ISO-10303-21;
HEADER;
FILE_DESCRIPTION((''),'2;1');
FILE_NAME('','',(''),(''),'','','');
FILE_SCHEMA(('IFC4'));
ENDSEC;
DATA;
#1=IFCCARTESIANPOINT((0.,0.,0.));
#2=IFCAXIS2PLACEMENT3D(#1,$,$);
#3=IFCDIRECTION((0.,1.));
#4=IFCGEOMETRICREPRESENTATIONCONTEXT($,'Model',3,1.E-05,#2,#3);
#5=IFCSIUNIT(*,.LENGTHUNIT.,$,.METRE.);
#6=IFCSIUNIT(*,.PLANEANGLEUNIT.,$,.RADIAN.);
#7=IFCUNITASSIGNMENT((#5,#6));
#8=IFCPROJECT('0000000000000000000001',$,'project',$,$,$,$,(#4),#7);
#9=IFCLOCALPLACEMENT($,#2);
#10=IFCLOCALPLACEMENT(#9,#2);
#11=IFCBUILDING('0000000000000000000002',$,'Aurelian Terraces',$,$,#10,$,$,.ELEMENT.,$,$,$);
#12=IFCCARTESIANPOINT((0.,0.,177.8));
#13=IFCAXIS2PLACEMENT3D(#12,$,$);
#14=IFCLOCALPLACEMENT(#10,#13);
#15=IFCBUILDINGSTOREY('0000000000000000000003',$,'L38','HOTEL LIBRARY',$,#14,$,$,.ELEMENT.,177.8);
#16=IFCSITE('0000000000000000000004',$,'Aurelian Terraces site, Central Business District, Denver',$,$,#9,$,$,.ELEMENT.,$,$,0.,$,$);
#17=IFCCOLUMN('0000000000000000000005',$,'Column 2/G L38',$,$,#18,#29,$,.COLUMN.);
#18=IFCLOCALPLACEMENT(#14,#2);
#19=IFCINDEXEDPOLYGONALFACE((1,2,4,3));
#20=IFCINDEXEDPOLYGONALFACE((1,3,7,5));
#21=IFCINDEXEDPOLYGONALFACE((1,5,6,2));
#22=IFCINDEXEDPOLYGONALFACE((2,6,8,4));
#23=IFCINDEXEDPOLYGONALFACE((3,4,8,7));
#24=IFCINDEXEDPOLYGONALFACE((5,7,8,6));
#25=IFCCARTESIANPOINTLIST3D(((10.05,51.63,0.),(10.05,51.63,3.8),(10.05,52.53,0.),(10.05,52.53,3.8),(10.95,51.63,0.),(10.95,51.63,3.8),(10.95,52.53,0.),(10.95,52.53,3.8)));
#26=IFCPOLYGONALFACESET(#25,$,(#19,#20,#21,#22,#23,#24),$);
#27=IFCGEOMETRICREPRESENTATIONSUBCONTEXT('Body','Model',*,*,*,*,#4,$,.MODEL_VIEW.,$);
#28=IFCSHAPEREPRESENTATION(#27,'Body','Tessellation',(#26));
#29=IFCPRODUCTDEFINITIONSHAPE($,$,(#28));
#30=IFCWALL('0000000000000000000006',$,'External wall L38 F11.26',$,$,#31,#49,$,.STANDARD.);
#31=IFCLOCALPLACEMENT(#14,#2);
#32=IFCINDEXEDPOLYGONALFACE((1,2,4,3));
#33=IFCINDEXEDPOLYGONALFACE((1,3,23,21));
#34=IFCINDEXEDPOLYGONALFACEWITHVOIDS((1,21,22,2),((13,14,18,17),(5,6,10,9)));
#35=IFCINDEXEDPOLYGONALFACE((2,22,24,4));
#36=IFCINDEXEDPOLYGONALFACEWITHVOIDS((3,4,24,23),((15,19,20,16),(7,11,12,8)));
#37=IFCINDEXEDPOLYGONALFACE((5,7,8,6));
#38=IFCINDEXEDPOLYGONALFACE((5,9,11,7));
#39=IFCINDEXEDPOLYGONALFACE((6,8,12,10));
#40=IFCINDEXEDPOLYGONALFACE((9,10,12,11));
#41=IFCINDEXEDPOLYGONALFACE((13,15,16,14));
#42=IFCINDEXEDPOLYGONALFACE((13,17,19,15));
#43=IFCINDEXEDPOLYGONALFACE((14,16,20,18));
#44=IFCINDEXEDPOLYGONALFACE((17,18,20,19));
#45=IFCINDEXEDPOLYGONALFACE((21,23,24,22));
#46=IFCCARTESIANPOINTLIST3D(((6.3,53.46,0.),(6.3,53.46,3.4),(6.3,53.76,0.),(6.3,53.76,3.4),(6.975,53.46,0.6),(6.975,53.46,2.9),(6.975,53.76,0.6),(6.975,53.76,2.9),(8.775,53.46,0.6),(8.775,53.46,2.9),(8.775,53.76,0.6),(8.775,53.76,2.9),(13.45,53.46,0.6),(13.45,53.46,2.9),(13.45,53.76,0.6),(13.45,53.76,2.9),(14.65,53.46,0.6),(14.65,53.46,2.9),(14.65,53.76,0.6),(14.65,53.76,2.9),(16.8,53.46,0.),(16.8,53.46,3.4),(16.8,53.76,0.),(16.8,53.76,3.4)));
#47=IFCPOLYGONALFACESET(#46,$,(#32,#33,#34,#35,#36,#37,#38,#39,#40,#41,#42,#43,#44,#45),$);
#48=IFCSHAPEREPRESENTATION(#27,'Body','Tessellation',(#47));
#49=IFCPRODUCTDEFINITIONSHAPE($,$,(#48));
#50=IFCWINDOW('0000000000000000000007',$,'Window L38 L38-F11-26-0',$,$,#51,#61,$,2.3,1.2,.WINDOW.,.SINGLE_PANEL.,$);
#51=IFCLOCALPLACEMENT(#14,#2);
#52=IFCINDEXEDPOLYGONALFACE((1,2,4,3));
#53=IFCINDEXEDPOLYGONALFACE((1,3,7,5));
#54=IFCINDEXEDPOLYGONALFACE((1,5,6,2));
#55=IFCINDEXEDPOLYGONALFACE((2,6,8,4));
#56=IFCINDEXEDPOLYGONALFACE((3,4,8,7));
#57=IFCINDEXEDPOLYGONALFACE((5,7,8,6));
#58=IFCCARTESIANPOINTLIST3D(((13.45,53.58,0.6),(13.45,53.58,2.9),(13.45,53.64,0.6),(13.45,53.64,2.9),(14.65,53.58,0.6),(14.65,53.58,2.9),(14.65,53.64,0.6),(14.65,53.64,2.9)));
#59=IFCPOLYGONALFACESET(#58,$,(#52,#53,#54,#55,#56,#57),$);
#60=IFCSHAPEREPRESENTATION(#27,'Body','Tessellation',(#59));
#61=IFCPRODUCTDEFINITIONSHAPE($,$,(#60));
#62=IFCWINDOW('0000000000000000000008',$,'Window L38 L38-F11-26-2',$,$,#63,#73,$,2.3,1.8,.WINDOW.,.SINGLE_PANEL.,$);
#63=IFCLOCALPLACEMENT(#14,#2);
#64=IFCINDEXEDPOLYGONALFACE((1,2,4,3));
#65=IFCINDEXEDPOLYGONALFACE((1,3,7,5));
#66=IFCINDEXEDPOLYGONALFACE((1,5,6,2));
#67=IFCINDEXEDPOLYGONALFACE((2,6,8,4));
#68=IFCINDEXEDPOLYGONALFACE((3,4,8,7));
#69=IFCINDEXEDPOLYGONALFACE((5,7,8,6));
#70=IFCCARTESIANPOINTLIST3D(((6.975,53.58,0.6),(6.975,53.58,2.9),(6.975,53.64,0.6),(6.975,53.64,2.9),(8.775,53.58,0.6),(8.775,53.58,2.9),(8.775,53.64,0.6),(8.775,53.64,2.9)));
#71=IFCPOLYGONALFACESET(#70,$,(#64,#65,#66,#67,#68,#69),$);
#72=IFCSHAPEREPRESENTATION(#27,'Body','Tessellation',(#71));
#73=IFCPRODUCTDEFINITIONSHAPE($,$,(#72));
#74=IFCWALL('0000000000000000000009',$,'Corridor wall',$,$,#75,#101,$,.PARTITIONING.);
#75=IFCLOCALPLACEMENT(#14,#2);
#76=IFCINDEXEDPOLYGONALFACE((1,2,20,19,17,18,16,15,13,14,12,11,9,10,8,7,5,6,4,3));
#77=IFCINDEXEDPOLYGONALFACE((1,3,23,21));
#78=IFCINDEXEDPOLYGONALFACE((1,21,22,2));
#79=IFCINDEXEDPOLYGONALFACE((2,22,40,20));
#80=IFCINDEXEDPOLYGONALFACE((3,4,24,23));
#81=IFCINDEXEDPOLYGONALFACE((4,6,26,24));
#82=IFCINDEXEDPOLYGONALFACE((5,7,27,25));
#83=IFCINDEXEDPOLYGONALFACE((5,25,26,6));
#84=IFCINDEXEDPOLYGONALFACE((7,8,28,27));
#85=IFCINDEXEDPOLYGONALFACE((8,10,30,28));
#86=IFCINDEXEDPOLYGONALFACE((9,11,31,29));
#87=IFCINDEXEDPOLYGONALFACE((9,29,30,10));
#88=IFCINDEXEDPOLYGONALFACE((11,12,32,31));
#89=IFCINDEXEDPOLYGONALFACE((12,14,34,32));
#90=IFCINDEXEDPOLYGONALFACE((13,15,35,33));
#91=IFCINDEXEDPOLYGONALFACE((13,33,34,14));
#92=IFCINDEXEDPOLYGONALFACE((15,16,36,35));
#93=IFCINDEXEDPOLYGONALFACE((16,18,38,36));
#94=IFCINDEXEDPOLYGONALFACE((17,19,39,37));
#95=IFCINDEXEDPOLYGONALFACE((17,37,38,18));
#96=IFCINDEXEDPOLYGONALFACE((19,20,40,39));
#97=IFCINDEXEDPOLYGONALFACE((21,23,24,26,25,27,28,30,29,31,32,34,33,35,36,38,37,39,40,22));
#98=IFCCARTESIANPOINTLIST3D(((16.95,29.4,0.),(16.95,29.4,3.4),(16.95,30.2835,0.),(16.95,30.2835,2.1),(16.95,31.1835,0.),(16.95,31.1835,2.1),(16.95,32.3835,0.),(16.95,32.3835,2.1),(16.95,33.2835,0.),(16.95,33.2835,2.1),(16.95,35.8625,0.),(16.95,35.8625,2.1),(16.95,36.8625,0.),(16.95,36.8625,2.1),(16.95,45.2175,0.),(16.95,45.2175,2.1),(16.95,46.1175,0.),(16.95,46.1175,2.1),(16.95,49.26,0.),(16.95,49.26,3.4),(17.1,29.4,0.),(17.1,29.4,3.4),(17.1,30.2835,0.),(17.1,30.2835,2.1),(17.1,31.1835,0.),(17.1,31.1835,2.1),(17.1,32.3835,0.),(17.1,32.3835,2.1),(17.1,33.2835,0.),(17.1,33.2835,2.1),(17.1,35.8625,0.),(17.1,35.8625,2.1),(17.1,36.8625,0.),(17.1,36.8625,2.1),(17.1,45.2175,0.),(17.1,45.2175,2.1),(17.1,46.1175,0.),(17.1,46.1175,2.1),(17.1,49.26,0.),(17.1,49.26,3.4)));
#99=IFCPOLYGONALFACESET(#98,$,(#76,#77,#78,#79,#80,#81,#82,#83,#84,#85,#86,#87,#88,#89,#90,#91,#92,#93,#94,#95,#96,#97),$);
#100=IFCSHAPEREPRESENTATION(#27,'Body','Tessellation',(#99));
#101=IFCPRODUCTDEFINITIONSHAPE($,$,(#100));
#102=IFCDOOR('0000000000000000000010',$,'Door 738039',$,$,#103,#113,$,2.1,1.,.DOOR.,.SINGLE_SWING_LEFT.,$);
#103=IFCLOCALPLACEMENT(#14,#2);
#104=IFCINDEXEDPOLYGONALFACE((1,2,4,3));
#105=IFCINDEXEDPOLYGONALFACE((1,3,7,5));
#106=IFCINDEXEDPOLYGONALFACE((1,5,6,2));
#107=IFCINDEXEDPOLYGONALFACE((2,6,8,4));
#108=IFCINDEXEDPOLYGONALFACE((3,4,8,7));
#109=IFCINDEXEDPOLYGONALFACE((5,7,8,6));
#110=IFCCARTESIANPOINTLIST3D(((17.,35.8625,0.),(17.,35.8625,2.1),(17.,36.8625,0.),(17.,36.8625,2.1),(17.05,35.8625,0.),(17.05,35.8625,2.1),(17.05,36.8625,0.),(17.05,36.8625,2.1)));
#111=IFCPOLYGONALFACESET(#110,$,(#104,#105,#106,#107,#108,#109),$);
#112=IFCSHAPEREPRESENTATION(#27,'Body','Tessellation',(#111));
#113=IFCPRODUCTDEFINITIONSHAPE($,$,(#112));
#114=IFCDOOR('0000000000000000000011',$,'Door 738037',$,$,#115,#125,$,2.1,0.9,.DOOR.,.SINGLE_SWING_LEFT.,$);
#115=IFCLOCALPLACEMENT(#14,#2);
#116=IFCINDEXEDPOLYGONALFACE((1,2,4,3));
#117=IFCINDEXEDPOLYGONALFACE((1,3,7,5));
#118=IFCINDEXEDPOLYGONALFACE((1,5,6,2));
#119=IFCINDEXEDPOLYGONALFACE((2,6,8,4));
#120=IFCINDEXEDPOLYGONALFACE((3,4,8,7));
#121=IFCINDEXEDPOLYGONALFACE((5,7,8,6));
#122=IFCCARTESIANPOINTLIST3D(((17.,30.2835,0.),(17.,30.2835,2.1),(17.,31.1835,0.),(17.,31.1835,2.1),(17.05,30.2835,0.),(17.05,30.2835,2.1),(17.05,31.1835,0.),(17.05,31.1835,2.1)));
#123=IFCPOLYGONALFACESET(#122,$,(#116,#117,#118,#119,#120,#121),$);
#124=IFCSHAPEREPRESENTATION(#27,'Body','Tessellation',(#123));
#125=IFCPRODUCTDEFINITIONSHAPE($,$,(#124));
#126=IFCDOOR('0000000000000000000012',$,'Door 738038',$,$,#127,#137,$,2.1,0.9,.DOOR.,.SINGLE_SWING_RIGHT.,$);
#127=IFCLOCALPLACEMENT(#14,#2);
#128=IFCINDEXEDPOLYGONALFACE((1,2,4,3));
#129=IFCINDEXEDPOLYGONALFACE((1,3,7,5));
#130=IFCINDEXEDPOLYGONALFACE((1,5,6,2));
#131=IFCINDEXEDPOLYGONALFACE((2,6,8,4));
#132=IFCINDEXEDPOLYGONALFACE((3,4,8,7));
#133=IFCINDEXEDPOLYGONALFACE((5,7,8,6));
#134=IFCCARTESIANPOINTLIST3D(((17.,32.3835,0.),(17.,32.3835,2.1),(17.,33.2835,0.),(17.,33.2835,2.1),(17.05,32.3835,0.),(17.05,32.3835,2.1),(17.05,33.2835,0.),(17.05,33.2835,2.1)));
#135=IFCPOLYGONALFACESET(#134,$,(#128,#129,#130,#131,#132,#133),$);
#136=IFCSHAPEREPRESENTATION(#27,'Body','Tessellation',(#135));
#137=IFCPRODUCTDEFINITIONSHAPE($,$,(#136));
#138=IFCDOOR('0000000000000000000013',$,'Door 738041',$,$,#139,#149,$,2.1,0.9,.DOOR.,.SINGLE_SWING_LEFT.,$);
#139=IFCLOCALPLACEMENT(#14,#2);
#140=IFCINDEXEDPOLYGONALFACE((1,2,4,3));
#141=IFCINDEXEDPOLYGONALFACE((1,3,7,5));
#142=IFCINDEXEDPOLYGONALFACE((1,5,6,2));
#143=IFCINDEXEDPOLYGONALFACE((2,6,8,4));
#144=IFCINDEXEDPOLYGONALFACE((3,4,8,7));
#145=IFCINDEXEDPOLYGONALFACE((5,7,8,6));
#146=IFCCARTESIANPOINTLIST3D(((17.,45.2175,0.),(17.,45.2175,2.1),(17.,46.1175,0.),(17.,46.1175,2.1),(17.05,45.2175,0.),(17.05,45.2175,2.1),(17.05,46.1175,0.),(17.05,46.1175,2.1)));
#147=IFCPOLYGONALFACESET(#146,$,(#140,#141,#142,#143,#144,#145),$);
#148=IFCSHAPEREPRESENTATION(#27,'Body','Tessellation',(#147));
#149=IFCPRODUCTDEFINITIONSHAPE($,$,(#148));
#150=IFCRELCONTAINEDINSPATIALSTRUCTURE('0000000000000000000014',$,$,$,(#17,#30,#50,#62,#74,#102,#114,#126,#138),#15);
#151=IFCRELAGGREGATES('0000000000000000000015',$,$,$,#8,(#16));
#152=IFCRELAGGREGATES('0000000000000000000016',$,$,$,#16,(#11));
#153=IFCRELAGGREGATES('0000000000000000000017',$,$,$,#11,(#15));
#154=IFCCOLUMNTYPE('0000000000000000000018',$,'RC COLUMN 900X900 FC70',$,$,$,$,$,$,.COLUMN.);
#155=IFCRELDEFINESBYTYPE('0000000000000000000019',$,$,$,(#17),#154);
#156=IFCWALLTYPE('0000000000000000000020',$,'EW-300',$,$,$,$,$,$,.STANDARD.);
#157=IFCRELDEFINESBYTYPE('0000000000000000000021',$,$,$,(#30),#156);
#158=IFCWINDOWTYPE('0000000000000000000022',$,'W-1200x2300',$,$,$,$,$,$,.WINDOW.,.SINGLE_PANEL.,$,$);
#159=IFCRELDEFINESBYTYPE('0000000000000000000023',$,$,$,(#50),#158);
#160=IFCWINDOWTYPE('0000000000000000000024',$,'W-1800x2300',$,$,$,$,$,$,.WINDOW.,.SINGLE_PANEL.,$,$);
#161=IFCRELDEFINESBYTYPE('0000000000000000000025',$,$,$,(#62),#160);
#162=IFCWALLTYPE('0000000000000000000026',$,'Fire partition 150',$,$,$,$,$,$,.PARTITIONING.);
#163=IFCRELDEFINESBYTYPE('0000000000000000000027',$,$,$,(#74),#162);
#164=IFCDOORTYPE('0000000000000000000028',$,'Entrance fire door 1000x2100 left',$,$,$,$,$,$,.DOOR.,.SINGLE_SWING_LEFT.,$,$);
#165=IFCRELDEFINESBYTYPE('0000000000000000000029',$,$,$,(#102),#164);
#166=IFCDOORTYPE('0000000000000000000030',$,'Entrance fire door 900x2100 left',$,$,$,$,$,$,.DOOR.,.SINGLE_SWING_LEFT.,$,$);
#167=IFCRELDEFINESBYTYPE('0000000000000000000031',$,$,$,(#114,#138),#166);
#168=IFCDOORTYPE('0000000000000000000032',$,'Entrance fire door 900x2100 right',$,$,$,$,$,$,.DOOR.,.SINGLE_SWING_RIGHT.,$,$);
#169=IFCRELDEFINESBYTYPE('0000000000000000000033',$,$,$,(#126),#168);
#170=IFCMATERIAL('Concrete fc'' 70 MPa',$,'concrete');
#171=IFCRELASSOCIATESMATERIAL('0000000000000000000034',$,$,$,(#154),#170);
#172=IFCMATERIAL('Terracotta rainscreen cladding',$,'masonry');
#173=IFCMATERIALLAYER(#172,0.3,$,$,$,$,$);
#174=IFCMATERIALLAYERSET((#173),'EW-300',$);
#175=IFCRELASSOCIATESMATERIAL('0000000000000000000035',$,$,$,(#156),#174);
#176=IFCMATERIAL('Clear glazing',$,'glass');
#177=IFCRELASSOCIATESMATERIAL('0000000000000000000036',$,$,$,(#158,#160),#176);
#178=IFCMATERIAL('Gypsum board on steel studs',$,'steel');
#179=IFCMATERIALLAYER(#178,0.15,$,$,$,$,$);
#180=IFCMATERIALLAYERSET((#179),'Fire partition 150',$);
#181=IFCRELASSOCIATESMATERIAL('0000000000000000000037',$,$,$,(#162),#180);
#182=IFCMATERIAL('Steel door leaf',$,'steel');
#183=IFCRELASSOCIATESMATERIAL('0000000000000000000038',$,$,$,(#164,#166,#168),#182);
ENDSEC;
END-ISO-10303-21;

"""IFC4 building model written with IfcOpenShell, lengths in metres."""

from ifc_helpers import new_model, si_unit, direction, frame, frame_2d, origin, origin_2d, place, context, subcontext, project, spatial, rectangle, extrude, source, transform, mapped, material, layer, layer_set, material_profile, profile_set, type_object, element, fill, save


model = new_model("IFC4")

# Units and contexts
model_context = context("Model", 3, precision=1e-05, world=origin(), true_north=direction((0.0, 1.0)))
body_context = subcontext(model_context, "Body", "Model", "MODEL_VIEW")
ifc_project = project(units=[si_unit("LENGTHUNIT", "METRE"), si_unit("PLANEANGLEUNIT", "RADIAN")], contexts=[model_context])

# Site, building, storey
site_placement = place(None, origin())
site = spatial("IfcSite", under=ifc_project, at=site_placement, Name="Aurelian Terraces site, Central Business District, Denver", CompositionType="ELEMENT", RefElevation=0.0)
building_placement = place(site_placement, origin())
building = spatial("IfcBuilding", under=site, at=building_placement, Name="Aurelian Terraces", CompositionType="ELEMENT")
storey_placement = place(building_placement, frame((0.0, 0.0, 177.8)))
storey = spatial("IfcBuildingStorey", under=building, at=storey_placement, Name="L38", Description="HOTEL LIBRARY", CompositionType="ELEMENT", Elevation=177.8)

# Column
ifc_material_1 = material(Name="Concrete fc' 70 MPa", Category="concrete")
ifc_material_profile = material_profile(ifc_material_1, rectangle(XDim=0.9, YDim=0.9, at=origin_2d()))
ifc_profile_set = profile_set([ifc_material_profile], Name="Concrete fc' 70 MPa")
column_type = type_object("IfcColumnType", Name="RC COLUMN 900X900 FC70", PredefinedType="COLUMN", material=ifc_profile_set)
shared_shape_1 = source(origin(), body_context, "Body", "SweptSolid", [
    extrude(rectangle(XDim=0.9, YDim=0.9, at=origin_2d()), origin(), (0.0, 0.0, 1.0), 3.8),
])
column_placement = place(storey_placement, frame((10.5, 52.08, 0.0), z_axis=(0.0, 0.0, 1.0), x_axis=(1.0, 0.0, 0.0)))
element("IfcColumn", 1, at=column_placement, inside=storey, type_object=column_type, Name="Column 2/G L38", PredefinedType="COLUMN", context=body_context, shape_type="MappedRepresentation", body=[
    mapped(shared_shape_1, transform((0.0, 0.0, 0.0), scale=1.0)),
])

# Wall, openings, windows
ifc_material_2 = material(Name="Terracotta rainscreen cladding", Category="masonry")
ifc_layer_1 = layer(ifc_material_2, 0.3)
ifc_layer_set_1 = layer_set([ifc_layer_1], Name="EW-300")
wall_type_1 = type_object("IfcWallType", Name="EW-300", PredefinedType="STANDARD", material=ifc_layer_set_1)
wall_1_placement = place(storey_placement, frame((16.8, 53.61, 0.0), z_axis=(0.0, 0.0, 1.0), x_axis=(-1.0, 0.0, 0.0)))
wall_1 = element("IfcWall", 2, at=wall_1_placement, inside=storey, type_object=wall_type_1, Name="External wall L38 F11.26", PredefinedType="STANDARD", context=body_context, shape_type="SweptSolid", body=[
    extrude(rectangle(XDim=10.5, YDim=0.3, at=frame_2d((5.25, 0.0))), origin(), (0.0, 0.0, 1.0), 3.4),
])
shared_shape_2 = source(origin(), body_context, "Body", "SweptSolid", [
    extrude(rectangle(XDim=1.2, YDim=2.3, at=frame_2d((0.6, 1.15))), frame((0.0, 0.16, 0.0), z_axis=(0.0, -1.0, 0.0), x_axis=(1.0, 0.0, 0.0)), (0.0, 0.0, 1.0), 0.32),
])
opening_1_placement = place(wall_1_placement, frame((2.15, 0.0, 0.6)))
opening_1 = element("IfcOpeningElement", 3, at=opening_1_placement, cuts=wall_1, PredefinedType="OPENING", context=body_context, shape_type="MappedRepresentation", body=[
    mapped(shared_shape_2, transform((0.0, 0.0, 0.0), scale=1.0)),
])
shared_shape_3 = source(origin(), body_context, "Body", "SweptSolid", [
    extrude(rectangle(XDim=1.8, YDim=2.3, at=frame_2d((0.9, 1.15))), frame((0.0, 0.16, 0.0), z_axis=(0.0, -1.0, 0.0), x_axis=(1.0, 0.0, 0.0)), (0.0, 0.0, 1.0), 0.32),
])
opening_2_placement = place(wall_1_placement, frame((8.025, 0.0, 0.6)))
opening_2 = element("IfcOpeningElement", 4, at=opening_2_placement, cuts=wall_1, PredefinedType="OPENING", context=body_context, shape_type="MappedRepresentation", body=[
    mapped(shared_shape_3, transform((0.0, 0.0, 0.0), scale=1.0)),
])
ifc_material_3 = material(Name="Clear glazing", Category="glass")
window_type_1 = type_object("IfcWindowType", Name="W-1200x2300", PartitioningType="SINGLE_PANEL", PredefinedType="WINDOW", material=ifc_material_3)
shared_shape_4 = source(origin(), body_context, "Body", "SweptSolid", [
    extrude(rectangle(XDim=1.2, YDim=2.3, at=frame_2d((0.6, 1.15))), frame((0.0, 0.03, 0.0), z_axis=(0.0, -1.0, 0.0), x_axis=(1.0, 0.0, 0.0)), (0.0, 0.0, 1.0), 0.06),
])
window_1_placement = place(opening_1_placement, origin())
window_1 = element("IfcWindow", 5, at=window_1_placement, inside=storey, type_object=window_type_1, Name="Window L38 L38-F11-26-0", OverallHeight=2.3, OverallWidth=1.2, PartitioningType="SINGLE_PANEL", PredefinedType="WINDOW", context=body_context, shape_type="MappedRepresentation", body=[
    mapped(shared_shape_4, transform((0.0, 0.0, 0.0), scale=1.0)),
])
fill(opening_1, window_1)
window_type_2 = type_object("IfcWindowType", Name="W-1800x2300", PartitioningType="SINGLE_PANEL", PredefinedType="WINDOW", material=ifc_material_3)
shared_shape_5 = source(origin(), body_context, "Body", "SweptSolid", [
    extrude(rectangle(XDim=1.8, YDim=2.3, at=frame_2d((0.9, 1.15))), frame((0.0, 0.03, 0.0), z_axis=(0.0, -1.0, 0.0), x_axis=(1.0, 0.0, 0.0)), (0.0, 0.0, 1.0), 0.06),
])
window_2_placement = place(opening_2_placement, origin())
window_2 = element("IfcWindow", 6, at=window_2_placement, inside=storey, type_object=window_type_2, Name="Window L38 L38-F11-26-2", OverallHeight=2.3, OverallWidth=1.8, PartitioningType="SINGLE_PANEL", PredefinedType="WINDOW", context=body_context, shape_type="MappedRepresentation", body=[
    mapped(shared_shape_5, transform((0.0, 0.0, 0.0), scale=1.0)),
])
fill(opening_2, window_2)

# Wall, openings, doors
ifc_material_4 = material(Name="Gypsum board on steel studs", Category="steel")
ifc_layer_2 = layer(ifc_material_4, 0.15)
ifc_layer_set_2 = layer_set([ifc_layer_2], Name="Fire partition 150")
wall_type_2 = type_object("IfcWallType", Name="Fire partition 150", PredefinedType="PARTITIONING", material=ifc_layer_set_2)
wall_2_placement = place(storey_placement, frame((17.025, 49.26, 0.0), z_axis=(0.0, 0.0, 1.0), x_axis=(0.0, -1.0, 0.0)))
wall_2 = element("IfcWall", 7, at=wall_2_placement, inside=storey, type_object=wall_type_2, Name="Corridor wall", PredefinedType="PARTITIONING", context=body_context, shape_type="SweptSolid", body=[
    extrude(rectangle(XDim=19.86, YDim=0.15, at=frame_2d((9.93, 0.0))), origin(), (0.0, 0.0, 1.0), 3.4),
])
shared_shape_6 = source(origin(), body_context, "Body", "SweptSolid", [
    extrude(rectangle(XDim=0.9, YDim=2.1, at=frame_2d((0.45, 1.05))), frame((0.0, 0.085, 0.0), z_axis=(0.0, -1.0, 0.0), x_axis=(1.0, 0.0, 0.0)), (0.0, 0.0, 1.0), 0.17),
])
opening_3_placement = place(wall_2_placement, frame((18.0765, 0.0, 0.0)))
opening_3 = element("IfcOpeningElement", 8, at=opening_3_placement, cuts=wall_2, PredefinedType="OPENING", context=body_context, shape_type="MappedRepresentation", body=[
    mapped(shared_shape_6, transform((0.0, 0.0, 0.0), scale=1.0)),
])
opening_4_placement = place(wall_2_placement, frame((15.9765, 0.0, 0.0)))
opening_4 = element("IfcOpeningElement", 9, at=opening_4_placement, cuts=wall_2, PredefinedType="OPENING", context=body_context, shape_type="MappedRepresentation", body=[
    mapped(shared_shape_6, transform((0.0, 0.0, 0.0), scale=1.0)),
])
shared_shape_7 = source(origin(), body_context, "Body", "SweptSolid", [
    extrude(rectangle(XDim=1.0, YDim=2.1, at=frame_2d((0.5, 1.05))), frame((0.0, 0.085, 0.0), z_axis=(0.0, -1.0, 0.0), x_axis=(1.0, 0.0, 0.0)), (0.0, 0.0, 1.0), 0.17),
])
opening_5_placement = place(wall_2_placement, frame((12.3975, 0.0, 0.0)))
opening_5 = element("IfcOpeningElement", 10, at=opening_5_placement, cuts=wall_2, PredefinedType="OPENING", context=body_context, shape_type="MappedRepresentation", body=[
    mapped(shared_shape_7, transform((0.0, 0.0, 0.0), scale=1.0)),
])
opening_6_placement = place(wall_2_placement, frame((3.1425, 0.0, 0.0)))
opening_6 = element("IfcOpeningElement", 11, at=opening_6_placement, cuts=wall_2, PredefinedType="OPENING", context=body_context, shape_type="MappedRepresentation", body=[
    mapped(shared_shape_6, transform((0.0, 0.0, 0.0), scale=1.0)),
])
ifc_material_5 = material(Name="Steel door leaf", Category="steel")
door_type_1 = type_object("IfcDoorType", Name="Entrance fire door 1000x2100 left", OperationType="SINGLE_SWING_LEFT", PredefinedType="DOOR", material=ifc_material_5)
shared_shape_8 = source(origin(), body_context, "Body", "SweptSolid", [
    extrude(rectangle(XDim=1.0, YDim=2.1, at=frame_2d((0.5, 1.05))), frame((0.0, 0.025, 0.0), z_axis=(0.0, -1.0, 0.0), x_axis=(1.0, 0.0, 0.0)), (0.0, 0.0, 1.0), 0.05),
])
door_1_placement = place(opening_5_placement, origin())
door_1 = element("IfcDoor", 12, at=door_1_placement, inside=storey, type_object=door_type_1, Name="Door 738039", OperationType="SINGLE_SWING_LEFT", OverallHeight=2.1, OverallWidth=1.0, PredefinedType="DOOR", context=body_context, shape_type="MappedRepresentation", body=[
    mapped(shared_shape_8, transform((0.0, 0.0, 0.0), scale=1.0)),
])
fill(opening_5, door_1)
door_type_2 = type_object("IfcDoorType", Name="Entrance fire door 900x2100 left", OperationType="SINGLE_SWING_LEFT", PredefinedType="DOOR", material=ifc_material_5)
shared_shape_9 = source(origin(), body_context, "Body", "SweptSolid", [
    extrude(rectangle(XDim=0.9, YDim=2.1, at=frame_2d((0.45, 1.05))), frame((0.0, 0.025, 0.0), z_axis=(0.0, -1.0, 0.0), x_axis=(1.0, 0.0, 0.0)), (0.0, 0.0, 1.0), 0.05),
])
door_2_placement = place(opening_3_placement, origin())
door_2 = element("IfcDoor", 13, at=door_2_placement, inside=storey, type_object=door_type_2, Name="Door 738037", OperationType="SINGLE_SWING_LEFT", OverallHeight=2.1, OverallWidth=0.9, PredefinedType="DOOR", context=body_context, shape_type="MappedRepresentation", body=[
    mapped(shared_shape_9, transform((0.0, 0.0, 0.0), scale=1.0)),
])
fill(opening_3, door_2)
door_type_3 = type_object("IfcDoorType", Name="Entrance fire door 900x2100 right", OperationType="SINGLE_SWING_RIGHT", PredefinedType="DOOR", material=ifc_material_5)
door_3_placement = place(opening_4_placement, origin())
door_3 = element("IfcDoor", 14, at=door_3_placement, inside=storey, type_object=door_type_3, Name="Door 738038", OperationType="SINGLE_SWING_RIGHT", OverallHeight=2.1, OverallWidth=0.9, PredefinedType="DOOR", context=body_context, shape_type="MappedRepresentation", body=[
    mapped(shared_shape_9, transform((0.0, 0.0, 0.0), scale=1.0)),
])
fill(opening_4, door_3)
door_4_placement = place(opening_6_placement, origin())
door_4 = element("IfcDoor", 15, at=door_4_placement, inside=storey, type_object=door_type_2, Name="Door 738041", OperationType="SINGLE_SWING_LEFT", OverallHeight=2.1, OverallWidth=0.9, PredefinedType="DOOR", context=body_context, shape_type="MappedRepresentation", body=[
    mapped(shared_shape_9, transform((0.0, 0.0, 0.0), scale=1.0)),
])
fill(opening_6, door_4)

save(model, "model.ifc")
